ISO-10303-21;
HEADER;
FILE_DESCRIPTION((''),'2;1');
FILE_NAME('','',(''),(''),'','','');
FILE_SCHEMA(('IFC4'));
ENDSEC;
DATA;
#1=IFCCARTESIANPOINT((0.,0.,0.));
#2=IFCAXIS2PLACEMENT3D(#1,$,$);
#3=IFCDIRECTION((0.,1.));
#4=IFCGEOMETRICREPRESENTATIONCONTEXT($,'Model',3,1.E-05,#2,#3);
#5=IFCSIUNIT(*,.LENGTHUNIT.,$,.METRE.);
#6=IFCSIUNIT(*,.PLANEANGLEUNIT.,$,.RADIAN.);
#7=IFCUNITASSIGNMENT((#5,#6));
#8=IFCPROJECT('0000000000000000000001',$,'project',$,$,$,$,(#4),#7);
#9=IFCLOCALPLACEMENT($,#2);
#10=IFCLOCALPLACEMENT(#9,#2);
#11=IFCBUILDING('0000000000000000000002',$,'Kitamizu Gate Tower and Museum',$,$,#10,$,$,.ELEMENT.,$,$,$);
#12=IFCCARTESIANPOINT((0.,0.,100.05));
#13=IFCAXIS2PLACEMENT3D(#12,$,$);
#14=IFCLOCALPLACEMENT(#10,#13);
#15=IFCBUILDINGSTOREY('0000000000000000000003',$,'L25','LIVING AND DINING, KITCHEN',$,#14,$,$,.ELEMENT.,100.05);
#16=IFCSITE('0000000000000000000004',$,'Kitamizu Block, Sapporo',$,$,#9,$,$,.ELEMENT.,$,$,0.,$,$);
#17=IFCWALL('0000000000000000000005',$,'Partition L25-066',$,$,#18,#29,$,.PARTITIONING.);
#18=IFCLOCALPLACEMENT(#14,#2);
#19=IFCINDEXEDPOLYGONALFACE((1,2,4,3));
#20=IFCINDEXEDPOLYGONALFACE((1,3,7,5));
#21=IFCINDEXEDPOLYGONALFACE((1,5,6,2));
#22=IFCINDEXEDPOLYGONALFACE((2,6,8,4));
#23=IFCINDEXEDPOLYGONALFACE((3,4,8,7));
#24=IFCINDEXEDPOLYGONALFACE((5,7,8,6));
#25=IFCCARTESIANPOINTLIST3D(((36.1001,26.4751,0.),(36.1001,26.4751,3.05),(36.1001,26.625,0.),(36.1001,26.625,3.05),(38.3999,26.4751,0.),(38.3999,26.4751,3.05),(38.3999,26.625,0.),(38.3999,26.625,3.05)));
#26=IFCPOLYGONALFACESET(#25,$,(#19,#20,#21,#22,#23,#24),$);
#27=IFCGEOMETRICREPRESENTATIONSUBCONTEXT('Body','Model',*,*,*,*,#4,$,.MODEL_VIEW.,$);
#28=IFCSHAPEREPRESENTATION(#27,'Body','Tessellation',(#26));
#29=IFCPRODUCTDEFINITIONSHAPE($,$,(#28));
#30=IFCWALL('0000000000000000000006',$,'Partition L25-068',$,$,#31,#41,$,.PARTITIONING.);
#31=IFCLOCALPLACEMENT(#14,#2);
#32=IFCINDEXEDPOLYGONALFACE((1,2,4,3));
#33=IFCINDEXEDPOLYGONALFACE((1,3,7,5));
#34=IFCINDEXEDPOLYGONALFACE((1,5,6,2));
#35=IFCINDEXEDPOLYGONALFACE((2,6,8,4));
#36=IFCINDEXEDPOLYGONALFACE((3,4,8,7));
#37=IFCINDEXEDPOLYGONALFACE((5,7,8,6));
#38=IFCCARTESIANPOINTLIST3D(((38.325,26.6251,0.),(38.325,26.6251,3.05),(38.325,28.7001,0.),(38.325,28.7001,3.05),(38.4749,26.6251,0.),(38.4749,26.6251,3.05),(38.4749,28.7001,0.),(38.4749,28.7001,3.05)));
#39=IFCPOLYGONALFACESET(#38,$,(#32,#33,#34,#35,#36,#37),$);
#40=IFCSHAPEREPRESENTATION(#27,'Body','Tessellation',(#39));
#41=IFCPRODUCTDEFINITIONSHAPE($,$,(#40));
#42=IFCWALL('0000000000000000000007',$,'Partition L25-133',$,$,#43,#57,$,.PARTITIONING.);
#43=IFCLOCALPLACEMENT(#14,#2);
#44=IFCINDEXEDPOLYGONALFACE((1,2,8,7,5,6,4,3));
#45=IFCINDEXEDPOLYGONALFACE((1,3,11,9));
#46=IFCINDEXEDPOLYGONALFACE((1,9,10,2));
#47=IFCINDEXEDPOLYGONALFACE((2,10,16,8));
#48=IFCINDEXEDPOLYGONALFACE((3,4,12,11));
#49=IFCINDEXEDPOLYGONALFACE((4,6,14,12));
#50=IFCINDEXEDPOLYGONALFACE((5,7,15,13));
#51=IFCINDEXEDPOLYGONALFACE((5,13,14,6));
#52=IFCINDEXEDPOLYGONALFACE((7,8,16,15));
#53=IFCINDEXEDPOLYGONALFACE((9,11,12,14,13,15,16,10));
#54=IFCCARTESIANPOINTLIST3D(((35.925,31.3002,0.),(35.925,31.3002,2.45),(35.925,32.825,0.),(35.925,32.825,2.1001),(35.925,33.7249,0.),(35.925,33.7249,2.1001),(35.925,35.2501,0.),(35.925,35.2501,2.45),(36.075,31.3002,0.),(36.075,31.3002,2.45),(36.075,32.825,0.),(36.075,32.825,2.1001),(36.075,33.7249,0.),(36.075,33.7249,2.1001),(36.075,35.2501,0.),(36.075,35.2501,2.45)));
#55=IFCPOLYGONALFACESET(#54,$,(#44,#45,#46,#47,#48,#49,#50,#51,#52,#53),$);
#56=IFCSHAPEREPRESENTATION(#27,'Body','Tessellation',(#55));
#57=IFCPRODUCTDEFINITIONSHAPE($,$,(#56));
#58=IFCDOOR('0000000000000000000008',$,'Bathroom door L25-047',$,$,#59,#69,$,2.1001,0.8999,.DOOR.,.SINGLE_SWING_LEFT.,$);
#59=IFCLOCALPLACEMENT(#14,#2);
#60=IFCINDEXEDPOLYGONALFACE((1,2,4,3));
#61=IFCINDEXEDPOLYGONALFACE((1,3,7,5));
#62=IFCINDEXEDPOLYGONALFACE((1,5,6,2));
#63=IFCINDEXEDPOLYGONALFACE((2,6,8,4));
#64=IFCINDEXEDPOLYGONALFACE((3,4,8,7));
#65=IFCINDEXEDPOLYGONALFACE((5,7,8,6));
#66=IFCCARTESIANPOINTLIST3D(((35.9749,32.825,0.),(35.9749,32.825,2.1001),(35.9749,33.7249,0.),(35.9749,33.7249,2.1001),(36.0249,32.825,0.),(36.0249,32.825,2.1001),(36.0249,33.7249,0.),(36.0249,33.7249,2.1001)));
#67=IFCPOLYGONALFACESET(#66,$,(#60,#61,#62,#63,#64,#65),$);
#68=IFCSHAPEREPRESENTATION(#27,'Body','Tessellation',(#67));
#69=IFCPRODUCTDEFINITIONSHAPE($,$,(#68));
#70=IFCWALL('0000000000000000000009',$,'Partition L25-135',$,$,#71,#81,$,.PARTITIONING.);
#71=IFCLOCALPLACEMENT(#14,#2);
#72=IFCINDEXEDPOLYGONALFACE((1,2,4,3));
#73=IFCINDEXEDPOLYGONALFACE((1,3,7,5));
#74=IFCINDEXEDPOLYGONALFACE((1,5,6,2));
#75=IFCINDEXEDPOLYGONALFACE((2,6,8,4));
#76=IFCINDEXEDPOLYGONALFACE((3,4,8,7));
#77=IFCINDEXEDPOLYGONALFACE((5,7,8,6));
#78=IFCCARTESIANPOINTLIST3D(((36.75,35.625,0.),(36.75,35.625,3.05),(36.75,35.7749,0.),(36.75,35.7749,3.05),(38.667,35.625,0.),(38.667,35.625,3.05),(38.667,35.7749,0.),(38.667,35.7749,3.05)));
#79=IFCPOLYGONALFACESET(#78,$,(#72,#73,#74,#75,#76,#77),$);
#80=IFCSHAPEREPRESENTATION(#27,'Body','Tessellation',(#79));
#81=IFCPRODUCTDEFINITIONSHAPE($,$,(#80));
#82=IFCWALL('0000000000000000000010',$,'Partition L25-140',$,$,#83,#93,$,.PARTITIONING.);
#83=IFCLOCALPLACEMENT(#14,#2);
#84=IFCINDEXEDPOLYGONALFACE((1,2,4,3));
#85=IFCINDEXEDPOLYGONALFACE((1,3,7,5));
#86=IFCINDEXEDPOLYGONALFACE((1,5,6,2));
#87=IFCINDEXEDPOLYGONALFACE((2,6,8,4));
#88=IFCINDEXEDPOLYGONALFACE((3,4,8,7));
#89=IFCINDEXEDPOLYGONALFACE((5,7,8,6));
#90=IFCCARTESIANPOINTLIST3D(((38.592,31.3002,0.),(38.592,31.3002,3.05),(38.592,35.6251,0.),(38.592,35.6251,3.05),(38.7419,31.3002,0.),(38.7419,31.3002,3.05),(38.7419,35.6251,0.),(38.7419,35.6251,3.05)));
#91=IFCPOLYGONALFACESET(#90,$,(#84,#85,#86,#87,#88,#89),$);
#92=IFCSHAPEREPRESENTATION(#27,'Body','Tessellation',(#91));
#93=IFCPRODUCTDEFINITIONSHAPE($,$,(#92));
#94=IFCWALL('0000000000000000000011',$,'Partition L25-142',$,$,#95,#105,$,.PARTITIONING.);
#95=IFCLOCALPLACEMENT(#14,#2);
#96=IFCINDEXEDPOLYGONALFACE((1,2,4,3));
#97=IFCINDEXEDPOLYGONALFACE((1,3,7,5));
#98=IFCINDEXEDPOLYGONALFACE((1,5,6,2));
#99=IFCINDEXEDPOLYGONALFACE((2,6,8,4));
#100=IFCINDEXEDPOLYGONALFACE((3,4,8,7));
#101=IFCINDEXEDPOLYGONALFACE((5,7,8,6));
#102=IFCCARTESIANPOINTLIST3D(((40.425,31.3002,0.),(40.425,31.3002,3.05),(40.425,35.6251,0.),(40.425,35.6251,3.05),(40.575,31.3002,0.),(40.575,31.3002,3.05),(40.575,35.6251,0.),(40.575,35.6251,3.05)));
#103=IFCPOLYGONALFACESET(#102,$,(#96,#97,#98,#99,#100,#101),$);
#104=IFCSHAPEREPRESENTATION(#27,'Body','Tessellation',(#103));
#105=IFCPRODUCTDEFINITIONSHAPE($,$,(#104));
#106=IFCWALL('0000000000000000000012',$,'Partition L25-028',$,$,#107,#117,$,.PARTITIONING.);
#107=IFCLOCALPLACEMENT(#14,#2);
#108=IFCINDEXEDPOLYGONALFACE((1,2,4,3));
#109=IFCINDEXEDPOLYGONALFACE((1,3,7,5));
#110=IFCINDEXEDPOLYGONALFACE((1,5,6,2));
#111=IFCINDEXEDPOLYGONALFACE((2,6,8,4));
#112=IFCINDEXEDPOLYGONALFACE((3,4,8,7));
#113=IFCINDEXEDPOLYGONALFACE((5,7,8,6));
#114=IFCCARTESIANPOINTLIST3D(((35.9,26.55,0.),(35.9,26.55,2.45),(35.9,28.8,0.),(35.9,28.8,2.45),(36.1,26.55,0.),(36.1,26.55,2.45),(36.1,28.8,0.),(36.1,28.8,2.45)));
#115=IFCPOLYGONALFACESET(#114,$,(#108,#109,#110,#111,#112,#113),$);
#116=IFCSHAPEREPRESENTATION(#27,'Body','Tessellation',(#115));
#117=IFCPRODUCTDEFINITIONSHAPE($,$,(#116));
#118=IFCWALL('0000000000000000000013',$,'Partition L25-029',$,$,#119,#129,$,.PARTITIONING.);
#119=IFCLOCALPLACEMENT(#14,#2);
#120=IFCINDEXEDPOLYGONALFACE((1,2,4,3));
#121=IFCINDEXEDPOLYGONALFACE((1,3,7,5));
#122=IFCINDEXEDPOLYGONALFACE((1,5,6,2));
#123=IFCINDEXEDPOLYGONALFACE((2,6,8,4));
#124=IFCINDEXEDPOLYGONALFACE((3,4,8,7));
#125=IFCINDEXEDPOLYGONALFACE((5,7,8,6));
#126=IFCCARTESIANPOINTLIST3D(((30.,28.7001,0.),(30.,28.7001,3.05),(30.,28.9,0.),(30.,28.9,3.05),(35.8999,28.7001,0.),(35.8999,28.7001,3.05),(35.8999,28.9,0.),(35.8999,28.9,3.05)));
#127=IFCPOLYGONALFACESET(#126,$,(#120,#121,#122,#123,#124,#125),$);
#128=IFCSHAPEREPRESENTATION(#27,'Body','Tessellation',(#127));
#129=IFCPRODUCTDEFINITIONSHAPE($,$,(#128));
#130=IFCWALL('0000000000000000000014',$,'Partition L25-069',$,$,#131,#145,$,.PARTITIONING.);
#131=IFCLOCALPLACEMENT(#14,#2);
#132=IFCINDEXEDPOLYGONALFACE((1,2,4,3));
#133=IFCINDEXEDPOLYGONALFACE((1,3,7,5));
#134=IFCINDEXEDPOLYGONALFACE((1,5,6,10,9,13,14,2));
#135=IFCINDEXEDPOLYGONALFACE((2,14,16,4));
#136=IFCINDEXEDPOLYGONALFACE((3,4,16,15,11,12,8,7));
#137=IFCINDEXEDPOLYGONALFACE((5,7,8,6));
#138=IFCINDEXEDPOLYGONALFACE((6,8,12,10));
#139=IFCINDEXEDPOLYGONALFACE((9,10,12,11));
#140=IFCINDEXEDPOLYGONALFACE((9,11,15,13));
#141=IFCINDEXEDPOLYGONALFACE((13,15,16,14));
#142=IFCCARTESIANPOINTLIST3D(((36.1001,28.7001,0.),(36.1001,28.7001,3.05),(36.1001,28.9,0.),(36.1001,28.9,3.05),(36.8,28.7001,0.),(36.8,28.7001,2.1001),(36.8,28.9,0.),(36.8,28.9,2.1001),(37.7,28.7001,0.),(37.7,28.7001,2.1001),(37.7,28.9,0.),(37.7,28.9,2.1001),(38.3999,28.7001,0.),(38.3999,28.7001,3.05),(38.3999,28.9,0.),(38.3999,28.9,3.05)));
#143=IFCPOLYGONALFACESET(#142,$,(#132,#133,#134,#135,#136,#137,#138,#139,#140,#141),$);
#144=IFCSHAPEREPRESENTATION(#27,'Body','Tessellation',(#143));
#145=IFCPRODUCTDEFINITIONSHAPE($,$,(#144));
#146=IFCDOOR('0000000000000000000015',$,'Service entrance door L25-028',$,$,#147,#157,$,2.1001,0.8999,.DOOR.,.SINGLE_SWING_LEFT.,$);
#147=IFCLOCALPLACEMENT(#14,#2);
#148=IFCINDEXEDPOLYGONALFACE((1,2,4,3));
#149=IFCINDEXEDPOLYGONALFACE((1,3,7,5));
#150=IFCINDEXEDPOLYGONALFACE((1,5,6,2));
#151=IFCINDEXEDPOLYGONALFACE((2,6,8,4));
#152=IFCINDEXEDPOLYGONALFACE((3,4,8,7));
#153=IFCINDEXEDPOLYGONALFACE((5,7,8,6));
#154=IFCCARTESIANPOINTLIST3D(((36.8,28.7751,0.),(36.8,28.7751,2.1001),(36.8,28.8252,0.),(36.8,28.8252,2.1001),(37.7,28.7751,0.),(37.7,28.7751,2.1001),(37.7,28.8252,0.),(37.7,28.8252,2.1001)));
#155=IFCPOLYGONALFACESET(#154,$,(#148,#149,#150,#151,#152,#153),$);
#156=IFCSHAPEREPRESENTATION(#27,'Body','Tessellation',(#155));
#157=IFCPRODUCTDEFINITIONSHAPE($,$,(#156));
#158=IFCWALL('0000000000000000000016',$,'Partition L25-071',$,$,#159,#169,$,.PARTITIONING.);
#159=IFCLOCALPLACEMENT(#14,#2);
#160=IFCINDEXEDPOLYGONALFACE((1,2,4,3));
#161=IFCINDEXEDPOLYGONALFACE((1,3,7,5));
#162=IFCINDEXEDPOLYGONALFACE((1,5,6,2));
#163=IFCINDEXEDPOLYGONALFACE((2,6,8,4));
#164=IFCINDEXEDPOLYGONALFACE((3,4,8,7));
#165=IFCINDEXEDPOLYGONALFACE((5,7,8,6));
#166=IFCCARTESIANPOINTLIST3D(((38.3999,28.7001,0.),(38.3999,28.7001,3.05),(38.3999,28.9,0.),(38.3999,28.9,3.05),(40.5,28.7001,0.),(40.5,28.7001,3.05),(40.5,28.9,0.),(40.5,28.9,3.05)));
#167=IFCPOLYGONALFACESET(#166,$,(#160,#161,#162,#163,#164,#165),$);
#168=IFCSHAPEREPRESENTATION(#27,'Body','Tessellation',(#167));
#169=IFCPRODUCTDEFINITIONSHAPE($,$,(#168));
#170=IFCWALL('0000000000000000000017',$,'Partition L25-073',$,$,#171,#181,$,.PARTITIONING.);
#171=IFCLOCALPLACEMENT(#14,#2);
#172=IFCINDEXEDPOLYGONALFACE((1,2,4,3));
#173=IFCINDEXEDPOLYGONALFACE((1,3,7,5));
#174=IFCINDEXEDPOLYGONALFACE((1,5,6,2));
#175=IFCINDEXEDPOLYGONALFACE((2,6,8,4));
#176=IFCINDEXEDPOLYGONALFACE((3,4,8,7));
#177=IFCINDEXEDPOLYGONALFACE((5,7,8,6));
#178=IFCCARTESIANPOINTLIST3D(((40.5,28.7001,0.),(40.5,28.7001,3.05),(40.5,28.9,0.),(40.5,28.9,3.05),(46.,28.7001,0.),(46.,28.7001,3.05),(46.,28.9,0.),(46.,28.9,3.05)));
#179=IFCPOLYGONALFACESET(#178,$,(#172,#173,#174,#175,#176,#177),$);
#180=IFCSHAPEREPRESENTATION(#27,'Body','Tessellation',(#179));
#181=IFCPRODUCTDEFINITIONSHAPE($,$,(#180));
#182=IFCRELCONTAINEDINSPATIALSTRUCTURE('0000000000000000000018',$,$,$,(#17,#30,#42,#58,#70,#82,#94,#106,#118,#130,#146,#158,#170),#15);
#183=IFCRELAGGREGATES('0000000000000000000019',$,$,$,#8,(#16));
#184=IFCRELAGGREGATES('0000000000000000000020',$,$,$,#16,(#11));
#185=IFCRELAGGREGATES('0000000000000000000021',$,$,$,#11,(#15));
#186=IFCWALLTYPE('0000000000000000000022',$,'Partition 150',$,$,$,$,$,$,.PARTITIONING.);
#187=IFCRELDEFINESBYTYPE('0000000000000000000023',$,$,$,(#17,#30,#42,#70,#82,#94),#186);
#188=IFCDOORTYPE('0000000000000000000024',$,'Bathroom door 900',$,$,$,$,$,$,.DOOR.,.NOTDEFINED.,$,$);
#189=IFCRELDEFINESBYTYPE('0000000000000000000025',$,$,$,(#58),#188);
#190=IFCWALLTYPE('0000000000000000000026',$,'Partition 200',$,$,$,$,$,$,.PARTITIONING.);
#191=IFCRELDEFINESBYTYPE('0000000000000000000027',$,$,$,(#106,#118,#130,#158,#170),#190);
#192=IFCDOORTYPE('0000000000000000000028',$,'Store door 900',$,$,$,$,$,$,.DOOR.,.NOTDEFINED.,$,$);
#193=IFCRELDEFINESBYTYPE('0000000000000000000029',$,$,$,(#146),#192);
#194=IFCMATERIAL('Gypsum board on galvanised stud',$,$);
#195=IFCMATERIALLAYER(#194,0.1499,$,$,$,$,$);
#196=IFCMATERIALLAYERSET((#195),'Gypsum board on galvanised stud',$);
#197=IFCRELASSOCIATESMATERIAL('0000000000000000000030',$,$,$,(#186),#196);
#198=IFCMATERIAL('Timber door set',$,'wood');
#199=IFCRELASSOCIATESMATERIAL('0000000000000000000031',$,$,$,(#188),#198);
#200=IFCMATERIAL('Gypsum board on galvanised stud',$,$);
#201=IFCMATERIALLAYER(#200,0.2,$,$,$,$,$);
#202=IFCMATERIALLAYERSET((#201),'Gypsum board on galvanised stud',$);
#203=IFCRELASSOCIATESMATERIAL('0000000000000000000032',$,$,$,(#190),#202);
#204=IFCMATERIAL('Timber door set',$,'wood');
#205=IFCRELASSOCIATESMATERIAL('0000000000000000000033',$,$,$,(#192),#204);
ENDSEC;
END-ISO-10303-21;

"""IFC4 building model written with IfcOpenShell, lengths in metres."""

from ifc_helpers import new_model, si_unit, direction, frame, frame_2d, origin, place, context, subcontext, project, spatial, rectangle, extrude, material, layer, layer_set, type_object, element, fill, save


model = new_model("IFC4")

# Units and contexts
model_context = context("Model", 3, precision=1e-05, world=origin(), true_north=direction((0.0, 1.0)))
body_context = subcontext(model_context, "Body", "Model", "MODEL_VIEW")
ifc_project = project(units=[si_unit("LENGTHUNIT", "METRE"), si_unit("PLANEANGLEUNIT", "RADIAN")], contexts=[model_context])

# Site, building, storey
site_placement = place(None, origin())
site = spatial("IfcSite", under=ifc_project, at=site_placement, Name="Kitamizu Block, Sapporo", CompositionType="ELEMENT", RefElevation=0.0)
building_placement = place(site_placement, origin())
building = spatial("IfcBuilding", under=site, at=building_placement, Name="Kitamizu Gate Tower and Museum", CompositionType="ELEMENT")
storey_placement = place(building_placement, frame((0.0, 0.0, 100.05)))
storey = spatial("IfcBuildingStorey", under=building, at=storey_placement, Name="L25", Description="LIVING AND DINING, KITCHEN", CompositionType="ELEMENT", Elevation=100.05)

# Walls
ifc_material_1 = material(Name="Gypsum board on galvanised stud")
ifc_layer_1 = layer(ifc_material_1, 0.1499)
ifc_layer_set_1 = layer_set([ifc_layer_1], Name="Gypsum board on galvanised stud")
wall_type_1 = type_object("IfcWallType", Name="Partition 150", PredefinedType="PARTITIONING", material=ifc_layer_set_1)
wall_1_placement = place(storey_placement, frame((38.3999, 26.55, 0.0), z_axis=(0.0, 0.0, 1.0), x_axis=(-1.0, 0.0, 0.0)))
element("IfcWall", 1, at=wall_1_placement, inside=storey, type_object=wall_type_1, Name="Partition L25-066", PredefinedType="PARTITIONING", context=body_context, shape_type="SweptSolid", body=[
    extrude(rectangle(XDim=2.2998, YDim=0.1499, at=frame_2d((1.1499, 0.0))), origin(), (0.0, 0.0, 1.0), 3.05),
])
wall_2_placement = place(storey_placement, frame((38.3999, 26.625, 0.0), z_axis=(0.0, 0.0, 1.0), x_axis=(0.0, 1.0, 0.0)))
element("IfcWall", 2, at=wall_2_placement, inside=storey, type_object=wall_type_1, Name="Partition L25-068", PredefinedType="PARTITIONING", context=body_context, shape_type="SweptSolid", body=[
    extrude(rectangle(XDim=2.075, YDim=0.1499, at=frame_2d((1.0376, 0.0))), origin(), (0.0, 0.0, 1.0), 3.05),
])

# Wall, opening, door
wall_3_placement = place(storey_placement, frame((36.0, 31.3, 0.0), z_axis=(0.0, 0.0, 1.0), x_axis=(0.0, 1.0, 0.0)))
wall_3 = element("IfcWall", 3, at=wall_3_placement, inside=storey, type_object=wall_type_1, Name="Partition L25-133", PredefinedType="PARTITIONING", context=body_context, shape_type="SweptSolid", body=[
    extrude(rectangle(XDim=3.95, YDim=0.1499, at=frame_2d((1.9751, 0.0))), origin(), (0.0, 0.0, 1.0), 2.45),
])
opening_1_placement = place(wall_3_placement, frame((1.5249, 0.0, 0.0)))
opening_1 = element("IfcOpeningElement", 4, at=opening_1_placement, cuts=wall_3, PredefinedType="OPENING", context=body_context, shape_type="SweptSolid", body=[
    extrude(rectangle(XDim=0.8999, YDim=2.1001, at=frame_2d((0.45, 1.05))), frame((0.0, 0.085, 0.0), z_axis=(0.0, -1.0, 0.0), x_axis=(1.0, 0.0, 0.0)), (0.0, 0.0, 1.0), 0.1699),
])
ifc_material_2 = material(Name="Timber door set", Category="wood")
door_type_1 = type_object("IfcDoorType", Name="Bathroom door 900", OperationType="NOTDEFINED", PredefinedType="DOOR", material=ifc_material_2)
door_1_placement = place(opening_1_placement, frame((0.8999, 0.0, 0.0), x_axis=(-1.0, 0.0, 0.0)))
door_1 = element("IfcDoor", 5, at=door_1_placement, inside=storey, type_object=door_type_1, Name="Bathroom door L25-047", OperationType="SINGLE_SWING_LEFT", OverallHeight=2.1001, OverallWidth=0.8999, PredefinedType="DOOR", context=body_context, shape_type="SweptSolid", body=[
    extrude(rectangle(XDim=0.8999, YDim=2.1001, at=frame_2d((0.45, 1.05))), frame((0.0, 0.0249, 0.0), z_axis=(0.0, -1.0, 0.0), x_axis=(1.0, 0.0, 0.0)), (0.0, 0.0, 1.0), 0.05),
])
fill(opening_1, door_1)

# Walls
wall_4_placement = place(storey_placement, frame((36.75, 35.7, 0.0), z_axis=(0.0, 0.0, 1.0), x_axis=(1.0, 0.0, 0.0)))
element("IfcWall", 6, at=wall_4_placement, inside=storey, type_object=wall_type_1, Name="Partition L25-135", PredefinedType="PARTITIONING", context=body_context, shape_type="SweptSolid", body=[
    extrude(rectangle(XDim=1.917, YDim=0.1499, at=frame_2d((0.9585, 0.0))), origin(), (0.0, 0.0, 1.0), 3.05),
])
for number, where, z_axis, x_axis, name in (
    (7, (38.667, 31.3, 0.0), (0.0, 0.0, 1.0), (0.0, 1.0, 0.0), "Partition L25-140"),
    (8, (40.5, 31.3, 0.0), (0.0, 0.0, 1.0), (0.0, 1.0, 0.0), "Partition L25-142"),
):
    element("IfcWall", number, at=place(storey_placement, frame(where, z_axis=z_axis, x_axis=x_axis)), inside=storey, type_object=wall_type_1, Name=name, PredefinedType="PARTITIONING", context=body_context, shape_type="SweptSolid", body=[
        extrude(rectangle(XDim=4.325, YDim=0.1499, at=frame_2d((2.1626, 0.0))), origin(), (0.0, 0.0, 1.0), 3.05),
    ])
ifc_material_3 = material(Name="Gypsum board on galvanised stud")
ifc_layer_2 = layer(ifc_material_3, 0.2)
ifc_layer_set_2 = layer_set([ifc_layer_2], Name="Gypsum board on galvanised stud")
wall_type_2 = type_object("IfcWallType", Name="Partition 200", PredefinedType="PARTITIONING", material=ifc_layer_set_2)
wall_5_placement = place(storey_placement, frame((36.0, 26.55, 0.0), z_axis=(0.0, 0.0, 1.0), x_axis=(0.0, 1.0, 0.0)))
element("IfcWall", 9, at=wall_5_placement, inside=storey, type_object=wall_type_2, Name="Partition L25-028", PredefinedType="PARTITIONING", context=body_context, shape_type="SweptSolid", body=[
    extrude(rectangle(XDim=2.25, YDim=0.2, at=frame_2d((1.125, 0.0))), origin(), (0.0, 0.0, 1.0), 2.45),
])
wall_6_placement = place(storey_placement, frame((35.8999, 28.8, 0.0), z_axis=(0.0, 0.0, 1.0), x_axis=(-1.0, 0.0, 0.0)))
element("IfcWall", 10, at=wall_6_placement, inside=storey, type_object=wall_type_2, Name="Partition L25-029", PredefinedType="PARTITIONING", context=body_context, shape_type="SweptSolid", body=[
    extrude(rectangle(XDim=5.8999, YDim=0.2, at=frame_2d((2.95, 0.0))), origin(), (0.0, 0.0, 1.0), 3.05),
])

# Wall, opening, door
wall_7_placement = place(storey_placement, frame((38.3999, 28.8, 0.0), z_axis=(0.0, 0.0, 1.0), x_axis=(-1.0, 0.0, 0.0)))
wall_7 = element("IfcWall", 11, at=wall_7_placement, inside=storey, type_object=wall_type_2, Name="Partition L25-069", PredefinedType="PARTITIONING", context=body_context, shape_type="SweptSolid", body=[
    extrude(rectangle(XDim=2.2998, YDim=0.2, at=frame_2d((1.1499, 0.0))), origin(), (0.0, 0.0, 1.0), 3.05),
])
opening_2_placement = place(wall_7_placement, frame((0.7, 0.0, 0.0)))
opening_2 = element("IfcOpeningElement", 12, at=opening_2_placement, cuts=wall_7, PredefinedType="OPENING", context=body_context, shape_type="SweptSolid", body=[
    extrude(rectangle(XDim=0.8999, YDim=2.1001, at=frame_2d((0.45, 1.05))), frame((0.0, 0.1099, 0.0), z_axis=(0.0, -1.0, 0.0), x_axis=(1.0, 0.0, 0.0)), (0.0, 0.0, 1.0), 0.22),
])
ifc_material_4 = material(Name="Timber door set", Category="wood")
door_type_2 = type_object("IfcDoorType", Name="Store door 900", OperationType="NOTDEFINED", PredefinedType="DOOR", material=ifc_material_4)
door_2_placement = place(opening_2_placement, origin())
door_2 = element("IfcDoor", 13, at=door_2_placement, inside=storey, type_object=door_type_2, Name="Service entrance door L25-028", OperationType="SINGLE_SWING_LEFT", OverallHeight=2.1001, OverallWidth=0.8999, PredefinedType="DOOR", context=body_context, shape_type="SweptSolid", body=[
    extrude(rectangle(XDim=0.8999, YDim=2.1001, at=frame_2d((0.45, 1.05))), frame((0.0, 0.0249, 0.0), z_axis=(0.0, -1.0, 0.0), x_axis=(1.0, 0.0, 0.0)), (0.0, 0.0, 1.0), 0.05),
])
fill(opening_2, door_2)

# Walls
wall_8_placement = place(storey_placement, frame((40.5, 28.8, 0.0), z_axis=(0.0, 0.0, 1.0), x_axis=(-1.0, 0.0, 0.0)))
element("IfcWall", 14, at=wall_8_placement, inside=storey, type_object=wall_type_2, Name="Partition L25-071", PredefinedType="PARTITIONING", context=body_context, shape_type="SweptSolid", body=[
    extrude(rectangle(XDim=2.1001, YDim=0.2, at=frame_2d((1.05, 0.0))), origin(), (0.0, 0.0, 1.0), 3.05),
])
wall_9_placement = place(storey_placement, frame((46.0, 28.8, 0.0), z_axis=(0.0, 0.0, 1.0), x_axis=(-1.0, 0.0, 0.0)))
element("IfcWall", 15, at=wall_9_placement, inside=storey, type_object=wall_type_2, Name="Partition L25-073", PredefinedType="PARTITIONING", context=body_context, shape_type="SweptSolid", body=[
    extrude(rectangle(XDim=5.5, YDim=0.2, at=frame_2d((2.75, 0.0))), origin(), (0.0, 0.0, 1.0), 3.05),
])

save(model, "model.ifc")
